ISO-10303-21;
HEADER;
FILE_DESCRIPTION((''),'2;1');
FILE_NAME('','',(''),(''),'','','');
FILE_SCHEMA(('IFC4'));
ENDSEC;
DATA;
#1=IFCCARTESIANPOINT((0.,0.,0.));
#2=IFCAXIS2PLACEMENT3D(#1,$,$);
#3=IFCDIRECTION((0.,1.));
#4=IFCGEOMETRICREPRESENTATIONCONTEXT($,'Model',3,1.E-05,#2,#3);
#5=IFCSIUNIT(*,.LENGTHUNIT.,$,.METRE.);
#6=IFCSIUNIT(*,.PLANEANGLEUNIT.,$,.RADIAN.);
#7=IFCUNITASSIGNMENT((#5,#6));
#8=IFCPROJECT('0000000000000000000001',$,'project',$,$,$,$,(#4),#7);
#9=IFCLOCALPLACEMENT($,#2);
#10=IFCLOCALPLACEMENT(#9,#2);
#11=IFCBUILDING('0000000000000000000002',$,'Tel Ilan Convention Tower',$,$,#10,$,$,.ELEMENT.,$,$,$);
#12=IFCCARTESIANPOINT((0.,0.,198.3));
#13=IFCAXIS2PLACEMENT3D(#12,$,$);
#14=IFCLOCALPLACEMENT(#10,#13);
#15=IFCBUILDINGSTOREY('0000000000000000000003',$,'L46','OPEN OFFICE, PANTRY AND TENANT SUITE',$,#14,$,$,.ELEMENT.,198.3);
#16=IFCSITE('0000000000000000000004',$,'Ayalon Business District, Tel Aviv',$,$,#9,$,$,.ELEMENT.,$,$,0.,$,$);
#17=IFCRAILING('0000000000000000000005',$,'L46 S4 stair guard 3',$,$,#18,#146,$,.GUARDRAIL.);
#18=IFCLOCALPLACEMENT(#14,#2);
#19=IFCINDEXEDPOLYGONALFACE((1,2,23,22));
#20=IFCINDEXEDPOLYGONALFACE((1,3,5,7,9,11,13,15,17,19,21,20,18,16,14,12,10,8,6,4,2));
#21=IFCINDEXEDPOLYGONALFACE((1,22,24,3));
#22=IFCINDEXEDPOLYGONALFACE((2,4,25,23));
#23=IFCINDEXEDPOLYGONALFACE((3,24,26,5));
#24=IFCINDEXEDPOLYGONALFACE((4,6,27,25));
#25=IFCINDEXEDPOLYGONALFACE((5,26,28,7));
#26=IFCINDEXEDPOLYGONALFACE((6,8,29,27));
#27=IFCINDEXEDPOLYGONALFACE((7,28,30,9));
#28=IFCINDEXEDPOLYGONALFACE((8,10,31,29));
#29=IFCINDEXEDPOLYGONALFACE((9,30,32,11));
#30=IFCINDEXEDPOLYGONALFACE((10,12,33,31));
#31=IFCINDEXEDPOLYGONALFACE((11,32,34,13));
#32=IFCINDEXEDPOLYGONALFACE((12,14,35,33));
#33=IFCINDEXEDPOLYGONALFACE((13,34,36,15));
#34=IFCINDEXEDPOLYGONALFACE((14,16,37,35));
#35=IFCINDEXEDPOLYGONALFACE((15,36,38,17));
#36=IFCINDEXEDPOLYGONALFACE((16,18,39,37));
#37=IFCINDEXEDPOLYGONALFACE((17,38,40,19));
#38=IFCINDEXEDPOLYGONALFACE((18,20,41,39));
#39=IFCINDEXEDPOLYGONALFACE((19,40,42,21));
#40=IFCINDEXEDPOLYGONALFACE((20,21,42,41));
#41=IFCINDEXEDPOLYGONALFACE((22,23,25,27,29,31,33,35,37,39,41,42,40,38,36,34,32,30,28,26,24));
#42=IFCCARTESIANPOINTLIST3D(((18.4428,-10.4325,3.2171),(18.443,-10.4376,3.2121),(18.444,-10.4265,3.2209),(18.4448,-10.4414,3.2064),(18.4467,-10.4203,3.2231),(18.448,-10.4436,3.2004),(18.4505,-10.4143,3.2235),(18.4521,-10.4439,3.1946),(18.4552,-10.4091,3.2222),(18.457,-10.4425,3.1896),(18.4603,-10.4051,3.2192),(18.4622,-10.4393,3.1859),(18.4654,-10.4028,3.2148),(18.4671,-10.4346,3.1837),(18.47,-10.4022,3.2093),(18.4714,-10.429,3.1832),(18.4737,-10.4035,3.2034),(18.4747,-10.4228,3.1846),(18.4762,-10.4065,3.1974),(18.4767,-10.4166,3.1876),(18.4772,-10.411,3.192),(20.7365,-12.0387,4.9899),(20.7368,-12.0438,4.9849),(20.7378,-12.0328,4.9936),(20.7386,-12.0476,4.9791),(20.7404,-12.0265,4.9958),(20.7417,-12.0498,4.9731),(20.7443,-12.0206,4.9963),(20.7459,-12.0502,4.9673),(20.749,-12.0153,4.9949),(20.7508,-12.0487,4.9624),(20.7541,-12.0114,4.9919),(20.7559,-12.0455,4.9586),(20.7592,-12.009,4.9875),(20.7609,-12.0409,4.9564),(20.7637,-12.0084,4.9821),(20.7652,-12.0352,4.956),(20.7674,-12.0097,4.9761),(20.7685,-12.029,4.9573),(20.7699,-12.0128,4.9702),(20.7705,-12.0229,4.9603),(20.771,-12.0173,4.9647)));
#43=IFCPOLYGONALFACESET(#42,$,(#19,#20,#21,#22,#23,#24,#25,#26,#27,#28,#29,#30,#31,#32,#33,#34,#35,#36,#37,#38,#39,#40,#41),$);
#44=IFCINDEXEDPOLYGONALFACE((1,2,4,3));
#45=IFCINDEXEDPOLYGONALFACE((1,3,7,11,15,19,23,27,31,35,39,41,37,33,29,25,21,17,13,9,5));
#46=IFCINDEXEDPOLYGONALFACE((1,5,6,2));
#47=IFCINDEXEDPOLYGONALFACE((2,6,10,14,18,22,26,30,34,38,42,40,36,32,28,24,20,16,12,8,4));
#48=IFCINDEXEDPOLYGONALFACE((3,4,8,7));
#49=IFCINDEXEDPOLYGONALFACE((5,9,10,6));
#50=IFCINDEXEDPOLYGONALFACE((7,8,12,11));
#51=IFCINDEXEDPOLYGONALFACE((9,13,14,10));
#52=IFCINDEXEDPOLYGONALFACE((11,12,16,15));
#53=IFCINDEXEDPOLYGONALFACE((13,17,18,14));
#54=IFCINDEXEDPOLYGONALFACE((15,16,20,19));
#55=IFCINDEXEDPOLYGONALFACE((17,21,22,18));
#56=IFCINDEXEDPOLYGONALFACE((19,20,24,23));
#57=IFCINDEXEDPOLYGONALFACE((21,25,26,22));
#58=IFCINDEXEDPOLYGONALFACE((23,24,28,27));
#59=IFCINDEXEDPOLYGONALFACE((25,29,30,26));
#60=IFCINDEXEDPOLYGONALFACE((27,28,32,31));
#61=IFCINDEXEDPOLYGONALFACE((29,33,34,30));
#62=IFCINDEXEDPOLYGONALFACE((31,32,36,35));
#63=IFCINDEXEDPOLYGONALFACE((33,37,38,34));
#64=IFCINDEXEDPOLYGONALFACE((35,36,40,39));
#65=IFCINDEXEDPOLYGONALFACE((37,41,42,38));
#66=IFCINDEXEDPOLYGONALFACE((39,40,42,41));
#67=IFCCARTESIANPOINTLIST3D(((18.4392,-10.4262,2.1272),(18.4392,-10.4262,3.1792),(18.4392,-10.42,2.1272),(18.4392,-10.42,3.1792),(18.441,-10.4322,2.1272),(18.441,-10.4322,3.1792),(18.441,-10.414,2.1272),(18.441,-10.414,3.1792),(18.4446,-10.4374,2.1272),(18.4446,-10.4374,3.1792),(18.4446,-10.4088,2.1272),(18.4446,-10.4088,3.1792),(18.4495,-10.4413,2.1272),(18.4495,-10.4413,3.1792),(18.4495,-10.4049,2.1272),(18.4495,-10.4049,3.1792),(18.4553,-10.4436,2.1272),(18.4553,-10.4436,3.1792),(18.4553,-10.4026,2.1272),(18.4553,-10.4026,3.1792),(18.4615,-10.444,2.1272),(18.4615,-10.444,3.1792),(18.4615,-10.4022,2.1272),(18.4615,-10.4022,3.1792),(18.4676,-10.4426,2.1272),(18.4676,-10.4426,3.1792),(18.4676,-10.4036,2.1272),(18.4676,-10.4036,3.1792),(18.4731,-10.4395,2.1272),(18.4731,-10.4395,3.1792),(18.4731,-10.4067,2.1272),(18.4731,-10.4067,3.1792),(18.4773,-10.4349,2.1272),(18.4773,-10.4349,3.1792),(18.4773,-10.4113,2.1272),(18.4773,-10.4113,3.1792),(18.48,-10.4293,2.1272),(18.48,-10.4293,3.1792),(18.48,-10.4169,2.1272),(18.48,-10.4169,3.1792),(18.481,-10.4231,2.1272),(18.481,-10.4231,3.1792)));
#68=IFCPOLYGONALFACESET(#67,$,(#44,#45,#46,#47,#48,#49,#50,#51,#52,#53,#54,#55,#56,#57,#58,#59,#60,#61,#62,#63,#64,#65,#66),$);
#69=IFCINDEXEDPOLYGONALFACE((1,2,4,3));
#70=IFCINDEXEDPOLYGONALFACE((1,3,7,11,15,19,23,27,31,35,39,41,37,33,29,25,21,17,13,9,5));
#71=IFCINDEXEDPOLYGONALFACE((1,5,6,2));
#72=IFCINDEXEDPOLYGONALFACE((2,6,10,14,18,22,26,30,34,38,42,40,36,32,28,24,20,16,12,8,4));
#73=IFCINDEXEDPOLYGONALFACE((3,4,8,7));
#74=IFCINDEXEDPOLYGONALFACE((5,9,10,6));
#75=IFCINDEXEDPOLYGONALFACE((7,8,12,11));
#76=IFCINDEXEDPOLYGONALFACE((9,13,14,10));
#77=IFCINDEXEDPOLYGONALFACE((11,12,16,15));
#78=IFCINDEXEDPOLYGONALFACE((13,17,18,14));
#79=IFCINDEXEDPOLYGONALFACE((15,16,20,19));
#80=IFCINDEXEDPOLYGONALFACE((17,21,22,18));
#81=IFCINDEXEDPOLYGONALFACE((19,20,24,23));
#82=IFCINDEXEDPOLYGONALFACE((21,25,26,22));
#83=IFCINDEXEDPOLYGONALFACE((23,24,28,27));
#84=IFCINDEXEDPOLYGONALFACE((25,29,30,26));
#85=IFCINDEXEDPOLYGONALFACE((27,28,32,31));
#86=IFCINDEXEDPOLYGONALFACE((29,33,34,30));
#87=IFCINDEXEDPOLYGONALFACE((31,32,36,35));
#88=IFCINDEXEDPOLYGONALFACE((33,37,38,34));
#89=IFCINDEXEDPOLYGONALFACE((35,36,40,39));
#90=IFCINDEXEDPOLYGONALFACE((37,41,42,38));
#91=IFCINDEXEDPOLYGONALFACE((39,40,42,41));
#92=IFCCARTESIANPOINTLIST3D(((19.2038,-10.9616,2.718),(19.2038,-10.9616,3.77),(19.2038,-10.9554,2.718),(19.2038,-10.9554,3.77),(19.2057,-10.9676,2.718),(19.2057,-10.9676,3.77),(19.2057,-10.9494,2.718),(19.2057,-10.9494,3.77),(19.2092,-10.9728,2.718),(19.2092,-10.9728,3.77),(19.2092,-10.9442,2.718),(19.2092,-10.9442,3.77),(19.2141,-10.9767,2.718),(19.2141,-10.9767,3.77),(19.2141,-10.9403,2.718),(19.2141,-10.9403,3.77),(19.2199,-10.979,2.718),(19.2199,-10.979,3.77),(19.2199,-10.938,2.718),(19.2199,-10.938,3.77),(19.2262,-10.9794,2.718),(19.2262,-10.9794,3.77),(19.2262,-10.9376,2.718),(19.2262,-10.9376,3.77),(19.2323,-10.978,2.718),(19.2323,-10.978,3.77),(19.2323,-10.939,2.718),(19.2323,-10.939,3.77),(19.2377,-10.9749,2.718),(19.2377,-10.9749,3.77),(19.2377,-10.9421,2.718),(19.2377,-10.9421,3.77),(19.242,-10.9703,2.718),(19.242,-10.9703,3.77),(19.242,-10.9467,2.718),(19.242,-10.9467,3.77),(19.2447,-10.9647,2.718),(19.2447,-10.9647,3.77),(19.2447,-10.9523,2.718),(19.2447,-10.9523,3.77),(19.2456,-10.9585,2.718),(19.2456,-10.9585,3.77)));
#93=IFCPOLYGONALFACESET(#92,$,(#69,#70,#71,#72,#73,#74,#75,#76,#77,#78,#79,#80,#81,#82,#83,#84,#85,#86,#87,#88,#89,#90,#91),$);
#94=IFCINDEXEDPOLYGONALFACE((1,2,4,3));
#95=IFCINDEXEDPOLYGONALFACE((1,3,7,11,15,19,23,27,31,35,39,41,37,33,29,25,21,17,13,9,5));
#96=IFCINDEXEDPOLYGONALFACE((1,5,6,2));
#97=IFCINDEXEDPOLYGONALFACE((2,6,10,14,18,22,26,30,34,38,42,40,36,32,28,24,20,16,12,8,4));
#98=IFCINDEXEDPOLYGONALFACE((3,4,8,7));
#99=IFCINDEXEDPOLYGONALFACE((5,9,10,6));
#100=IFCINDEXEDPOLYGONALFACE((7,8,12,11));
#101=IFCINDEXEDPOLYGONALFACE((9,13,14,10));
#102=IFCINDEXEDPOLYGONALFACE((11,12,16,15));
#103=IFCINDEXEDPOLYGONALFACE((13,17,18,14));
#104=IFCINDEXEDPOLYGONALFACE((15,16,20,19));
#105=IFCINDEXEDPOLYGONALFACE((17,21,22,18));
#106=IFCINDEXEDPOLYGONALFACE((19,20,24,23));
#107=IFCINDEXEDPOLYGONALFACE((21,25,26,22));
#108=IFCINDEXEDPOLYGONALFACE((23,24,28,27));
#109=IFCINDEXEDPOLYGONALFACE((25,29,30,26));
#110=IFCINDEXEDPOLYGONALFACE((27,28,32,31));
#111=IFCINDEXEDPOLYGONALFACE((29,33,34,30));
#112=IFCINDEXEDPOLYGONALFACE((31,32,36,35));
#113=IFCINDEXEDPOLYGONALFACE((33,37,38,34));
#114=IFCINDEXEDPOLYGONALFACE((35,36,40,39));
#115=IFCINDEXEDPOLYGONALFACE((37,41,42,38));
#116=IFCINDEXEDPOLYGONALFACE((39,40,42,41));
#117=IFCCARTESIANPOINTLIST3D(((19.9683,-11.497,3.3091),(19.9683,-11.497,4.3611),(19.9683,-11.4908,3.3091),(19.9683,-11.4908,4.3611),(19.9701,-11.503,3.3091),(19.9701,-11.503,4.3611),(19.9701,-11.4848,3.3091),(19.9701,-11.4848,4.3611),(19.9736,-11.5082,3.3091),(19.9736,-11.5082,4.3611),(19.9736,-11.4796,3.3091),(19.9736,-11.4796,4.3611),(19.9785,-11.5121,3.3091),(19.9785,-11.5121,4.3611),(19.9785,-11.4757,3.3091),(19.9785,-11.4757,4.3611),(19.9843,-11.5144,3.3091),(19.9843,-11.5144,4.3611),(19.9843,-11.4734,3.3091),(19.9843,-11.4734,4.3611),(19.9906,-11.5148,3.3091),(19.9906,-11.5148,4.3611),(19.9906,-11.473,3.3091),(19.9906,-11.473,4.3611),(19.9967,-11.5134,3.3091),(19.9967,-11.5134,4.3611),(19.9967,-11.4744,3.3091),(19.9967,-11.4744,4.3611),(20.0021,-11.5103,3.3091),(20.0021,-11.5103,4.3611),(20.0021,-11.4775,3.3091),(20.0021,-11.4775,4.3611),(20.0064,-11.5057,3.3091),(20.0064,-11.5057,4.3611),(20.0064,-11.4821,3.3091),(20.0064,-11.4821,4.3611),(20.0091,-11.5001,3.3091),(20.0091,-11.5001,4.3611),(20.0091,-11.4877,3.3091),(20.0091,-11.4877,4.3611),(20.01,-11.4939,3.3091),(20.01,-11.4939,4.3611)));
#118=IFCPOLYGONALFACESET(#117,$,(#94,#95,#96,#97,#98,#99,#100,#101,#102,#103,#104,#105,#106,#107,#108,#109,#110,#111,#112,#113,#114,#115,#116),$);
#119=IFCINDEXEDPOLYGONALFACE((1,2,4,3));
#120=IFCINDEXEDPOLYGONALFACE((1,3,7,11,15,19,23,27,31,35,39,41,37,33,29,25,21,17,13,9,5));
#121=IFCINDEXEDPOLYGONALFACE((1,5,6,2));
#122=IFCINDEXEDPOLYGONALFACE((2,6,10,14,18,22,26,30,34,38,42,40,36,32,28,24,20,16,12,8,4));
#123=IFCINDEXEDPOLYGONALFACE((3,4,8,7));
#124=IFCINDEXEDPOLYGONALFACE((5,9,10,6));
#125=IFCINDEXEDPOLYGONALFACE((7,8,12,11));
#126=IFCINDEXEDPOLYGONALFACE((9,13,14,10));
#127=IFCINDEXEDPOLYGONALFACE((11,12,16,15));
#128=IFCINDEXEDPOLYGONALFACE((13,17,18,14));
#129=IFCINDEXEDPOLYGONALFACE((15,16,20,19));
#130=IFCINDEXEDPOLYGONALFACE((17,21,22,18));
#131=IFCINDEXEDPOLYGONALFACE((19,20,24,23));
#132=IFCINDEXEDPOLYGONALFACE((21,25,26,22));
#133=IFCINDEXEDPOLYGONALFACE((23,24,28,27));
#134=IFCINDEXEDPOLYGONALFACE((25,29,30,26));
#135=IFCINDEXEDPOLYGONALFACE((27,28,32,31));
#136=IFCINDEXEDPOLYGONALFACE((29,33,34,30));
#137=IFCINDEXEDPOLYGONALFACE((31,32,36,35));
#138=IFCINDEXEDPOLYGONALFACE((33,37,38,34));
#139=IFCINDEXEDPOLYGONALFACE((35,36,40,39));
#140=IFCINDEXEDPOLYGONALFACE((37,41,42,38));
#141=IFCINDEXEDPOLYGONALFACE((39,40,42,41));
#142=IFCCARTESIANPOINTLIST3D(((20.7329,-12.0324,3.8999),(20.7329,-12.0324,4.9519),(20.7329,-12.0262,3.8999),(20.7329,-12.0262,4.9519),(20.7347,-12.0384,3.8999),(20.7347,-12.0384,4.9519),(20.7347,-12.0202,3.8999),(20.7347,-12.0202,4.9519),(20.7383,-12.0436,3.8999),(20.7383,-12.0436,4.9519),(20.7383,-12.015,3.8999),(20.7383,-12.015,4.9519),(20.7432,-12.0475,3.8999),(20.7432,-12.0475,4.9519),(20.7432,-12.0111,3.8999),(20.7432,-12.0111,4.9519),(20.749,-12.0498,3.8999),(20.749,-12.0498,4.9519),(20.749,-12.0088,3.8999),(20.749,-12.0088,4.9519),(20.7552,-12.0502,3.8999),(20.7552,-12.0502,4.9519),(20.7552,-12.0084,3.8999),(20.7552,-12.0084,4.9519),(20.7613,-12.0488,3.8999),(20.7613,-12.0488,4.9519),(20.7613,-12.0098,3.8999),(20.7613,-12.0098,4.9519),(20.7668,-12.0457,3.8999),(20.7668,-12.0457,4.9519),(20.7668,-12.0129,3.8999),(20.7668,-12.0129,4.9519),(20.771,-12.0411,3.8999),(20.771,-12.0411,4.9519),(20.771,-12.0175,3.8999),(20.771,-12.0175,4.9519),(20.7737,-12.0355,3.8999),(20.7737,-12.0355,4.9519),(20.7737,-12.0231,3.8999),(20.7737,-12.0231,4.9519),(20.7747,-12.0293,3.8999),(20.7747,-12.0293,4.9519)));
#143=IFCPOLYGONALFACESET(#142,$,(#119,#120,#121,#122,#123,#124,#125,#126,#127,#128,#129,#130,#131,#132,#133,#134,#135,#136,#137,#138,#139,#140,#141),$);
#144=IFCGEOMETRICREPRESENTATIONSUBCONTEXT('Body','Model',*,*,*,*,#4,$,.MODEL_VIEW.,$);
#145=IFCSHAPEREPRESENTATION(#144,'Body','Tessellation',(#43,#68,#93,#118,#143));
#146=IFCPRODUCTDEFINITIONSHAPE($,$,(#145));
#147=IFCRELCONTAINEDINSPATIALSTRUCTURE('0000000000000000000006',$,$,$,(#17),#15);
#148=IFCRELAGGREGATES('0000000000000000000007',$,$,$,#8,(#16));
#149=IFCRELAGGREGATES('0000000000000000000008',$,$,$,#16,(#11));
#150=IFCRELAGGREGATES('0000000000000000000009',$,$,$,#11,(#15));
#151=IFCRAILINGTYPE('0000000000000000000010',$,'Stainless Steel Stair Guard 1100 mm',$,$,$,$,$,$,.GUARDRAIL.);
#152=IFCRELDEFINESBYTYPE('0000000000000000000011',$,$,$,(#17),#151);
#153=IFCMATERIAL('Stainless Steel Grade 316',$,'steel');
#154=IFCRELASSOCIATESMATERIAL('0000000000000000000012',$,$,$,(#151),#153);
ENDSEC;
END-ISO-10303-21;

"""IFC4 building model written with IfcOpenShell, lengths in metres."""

from ifc_helpers import new_model, si_unit, direction, frame, origin, origin_2d, place, context, subcontext, project, spatial, circle, extrude, material, type_object, element, save


model = new_model("IFC4")

# Units and contexts
model_context = context("Model", 3, precision=1e-05, world=origin(), true_north=direction((0.0, 1.0)))
body_context = subcontext(model_context, "Body", "Model", "MODEL_VIEW")
ifc_project = project(units=[si_unit("LENGTHUNIT", "METRE"), si_unit("PLANEANGLEUNIT", "RADIAN")], contexts=[model_context])

# Site, building, storey
site_placement = place(None, origin())
site = spatial("IfcSite", under=ifc_project, at=site_placement, Name="Ayalon Business District, Tel Aviv", CompositionType="ELEMENT", RefElevation=0.0)
building_placement = place(site_placement, origin())
building = spatial("IfcBuilding", under=site, at=building_placement, Name="Tel Ilan Convention Tower", CompositionType="ELEMENT")
storey_placement = place(building_placement, frame((0.0, 0.0, 198.3)))
storey = spatial("IfcBuildingStorey", under=building, at=storey_placement, Name="L46", Description="OPEN OFFICE, PANTRY AND TENANT SUITE", CompositionType="ELEMENT", Elevation=198.3)

# Railing
ifc_material_1 = material(Name="Stainless Steel Grade 316", Category="steel")
railing_type_1 = type_object("IfcRailingType", Name="Stainless Steel Stair Guard 1100 mm", PredefinedType="GUARDRAIL", material=ifc_material_1)
railing_1_placement = place(storey_placement, frame((18.46, -10.4231, 2.1272)))
element("IfcRailing", 1, at=railing_1_placement, inside=storey, type_object=railing_type_1, Name="L46 S4 stair guard 3", PredefinedType="GUARDRAIL", context=body_context, shape_type="SweptSolid", body=[
    extrude(circle(Radius=0.0239, at=origin_2d()), frame((0.0, 0.0, 1.0762), z_axis=(0.692098, -0.484653, 0.534894), x_axis=(0.573609, 0.81913, 0.0)), (0.0, 0.0, 1.0), 3.3142),
    extrude(circle(Radius=0.021, at=origin_2d()), origin(), (0.0, 0.0, 1.0), 1.052),
    extrude(circle(Radius=0.021, at=origin_2d()), frame((0.7646, -0.5354, 0.5908)), (0.0, 0.0, 1.0), 1.052),
    extrude(circle(Radius=0.021, at=origin_2d()), frame((1.5291, -1.0708, 1.1819)), (0.0, 0.0, 1.0), 1.052),
    extrude(circle(Radius=0.021, at=origin_2d()), frame((2.2937, -1.6062, 1.7727)), (0.0, 0.0, 1.0), 1.052),
])

save(model, "model.ifc")
